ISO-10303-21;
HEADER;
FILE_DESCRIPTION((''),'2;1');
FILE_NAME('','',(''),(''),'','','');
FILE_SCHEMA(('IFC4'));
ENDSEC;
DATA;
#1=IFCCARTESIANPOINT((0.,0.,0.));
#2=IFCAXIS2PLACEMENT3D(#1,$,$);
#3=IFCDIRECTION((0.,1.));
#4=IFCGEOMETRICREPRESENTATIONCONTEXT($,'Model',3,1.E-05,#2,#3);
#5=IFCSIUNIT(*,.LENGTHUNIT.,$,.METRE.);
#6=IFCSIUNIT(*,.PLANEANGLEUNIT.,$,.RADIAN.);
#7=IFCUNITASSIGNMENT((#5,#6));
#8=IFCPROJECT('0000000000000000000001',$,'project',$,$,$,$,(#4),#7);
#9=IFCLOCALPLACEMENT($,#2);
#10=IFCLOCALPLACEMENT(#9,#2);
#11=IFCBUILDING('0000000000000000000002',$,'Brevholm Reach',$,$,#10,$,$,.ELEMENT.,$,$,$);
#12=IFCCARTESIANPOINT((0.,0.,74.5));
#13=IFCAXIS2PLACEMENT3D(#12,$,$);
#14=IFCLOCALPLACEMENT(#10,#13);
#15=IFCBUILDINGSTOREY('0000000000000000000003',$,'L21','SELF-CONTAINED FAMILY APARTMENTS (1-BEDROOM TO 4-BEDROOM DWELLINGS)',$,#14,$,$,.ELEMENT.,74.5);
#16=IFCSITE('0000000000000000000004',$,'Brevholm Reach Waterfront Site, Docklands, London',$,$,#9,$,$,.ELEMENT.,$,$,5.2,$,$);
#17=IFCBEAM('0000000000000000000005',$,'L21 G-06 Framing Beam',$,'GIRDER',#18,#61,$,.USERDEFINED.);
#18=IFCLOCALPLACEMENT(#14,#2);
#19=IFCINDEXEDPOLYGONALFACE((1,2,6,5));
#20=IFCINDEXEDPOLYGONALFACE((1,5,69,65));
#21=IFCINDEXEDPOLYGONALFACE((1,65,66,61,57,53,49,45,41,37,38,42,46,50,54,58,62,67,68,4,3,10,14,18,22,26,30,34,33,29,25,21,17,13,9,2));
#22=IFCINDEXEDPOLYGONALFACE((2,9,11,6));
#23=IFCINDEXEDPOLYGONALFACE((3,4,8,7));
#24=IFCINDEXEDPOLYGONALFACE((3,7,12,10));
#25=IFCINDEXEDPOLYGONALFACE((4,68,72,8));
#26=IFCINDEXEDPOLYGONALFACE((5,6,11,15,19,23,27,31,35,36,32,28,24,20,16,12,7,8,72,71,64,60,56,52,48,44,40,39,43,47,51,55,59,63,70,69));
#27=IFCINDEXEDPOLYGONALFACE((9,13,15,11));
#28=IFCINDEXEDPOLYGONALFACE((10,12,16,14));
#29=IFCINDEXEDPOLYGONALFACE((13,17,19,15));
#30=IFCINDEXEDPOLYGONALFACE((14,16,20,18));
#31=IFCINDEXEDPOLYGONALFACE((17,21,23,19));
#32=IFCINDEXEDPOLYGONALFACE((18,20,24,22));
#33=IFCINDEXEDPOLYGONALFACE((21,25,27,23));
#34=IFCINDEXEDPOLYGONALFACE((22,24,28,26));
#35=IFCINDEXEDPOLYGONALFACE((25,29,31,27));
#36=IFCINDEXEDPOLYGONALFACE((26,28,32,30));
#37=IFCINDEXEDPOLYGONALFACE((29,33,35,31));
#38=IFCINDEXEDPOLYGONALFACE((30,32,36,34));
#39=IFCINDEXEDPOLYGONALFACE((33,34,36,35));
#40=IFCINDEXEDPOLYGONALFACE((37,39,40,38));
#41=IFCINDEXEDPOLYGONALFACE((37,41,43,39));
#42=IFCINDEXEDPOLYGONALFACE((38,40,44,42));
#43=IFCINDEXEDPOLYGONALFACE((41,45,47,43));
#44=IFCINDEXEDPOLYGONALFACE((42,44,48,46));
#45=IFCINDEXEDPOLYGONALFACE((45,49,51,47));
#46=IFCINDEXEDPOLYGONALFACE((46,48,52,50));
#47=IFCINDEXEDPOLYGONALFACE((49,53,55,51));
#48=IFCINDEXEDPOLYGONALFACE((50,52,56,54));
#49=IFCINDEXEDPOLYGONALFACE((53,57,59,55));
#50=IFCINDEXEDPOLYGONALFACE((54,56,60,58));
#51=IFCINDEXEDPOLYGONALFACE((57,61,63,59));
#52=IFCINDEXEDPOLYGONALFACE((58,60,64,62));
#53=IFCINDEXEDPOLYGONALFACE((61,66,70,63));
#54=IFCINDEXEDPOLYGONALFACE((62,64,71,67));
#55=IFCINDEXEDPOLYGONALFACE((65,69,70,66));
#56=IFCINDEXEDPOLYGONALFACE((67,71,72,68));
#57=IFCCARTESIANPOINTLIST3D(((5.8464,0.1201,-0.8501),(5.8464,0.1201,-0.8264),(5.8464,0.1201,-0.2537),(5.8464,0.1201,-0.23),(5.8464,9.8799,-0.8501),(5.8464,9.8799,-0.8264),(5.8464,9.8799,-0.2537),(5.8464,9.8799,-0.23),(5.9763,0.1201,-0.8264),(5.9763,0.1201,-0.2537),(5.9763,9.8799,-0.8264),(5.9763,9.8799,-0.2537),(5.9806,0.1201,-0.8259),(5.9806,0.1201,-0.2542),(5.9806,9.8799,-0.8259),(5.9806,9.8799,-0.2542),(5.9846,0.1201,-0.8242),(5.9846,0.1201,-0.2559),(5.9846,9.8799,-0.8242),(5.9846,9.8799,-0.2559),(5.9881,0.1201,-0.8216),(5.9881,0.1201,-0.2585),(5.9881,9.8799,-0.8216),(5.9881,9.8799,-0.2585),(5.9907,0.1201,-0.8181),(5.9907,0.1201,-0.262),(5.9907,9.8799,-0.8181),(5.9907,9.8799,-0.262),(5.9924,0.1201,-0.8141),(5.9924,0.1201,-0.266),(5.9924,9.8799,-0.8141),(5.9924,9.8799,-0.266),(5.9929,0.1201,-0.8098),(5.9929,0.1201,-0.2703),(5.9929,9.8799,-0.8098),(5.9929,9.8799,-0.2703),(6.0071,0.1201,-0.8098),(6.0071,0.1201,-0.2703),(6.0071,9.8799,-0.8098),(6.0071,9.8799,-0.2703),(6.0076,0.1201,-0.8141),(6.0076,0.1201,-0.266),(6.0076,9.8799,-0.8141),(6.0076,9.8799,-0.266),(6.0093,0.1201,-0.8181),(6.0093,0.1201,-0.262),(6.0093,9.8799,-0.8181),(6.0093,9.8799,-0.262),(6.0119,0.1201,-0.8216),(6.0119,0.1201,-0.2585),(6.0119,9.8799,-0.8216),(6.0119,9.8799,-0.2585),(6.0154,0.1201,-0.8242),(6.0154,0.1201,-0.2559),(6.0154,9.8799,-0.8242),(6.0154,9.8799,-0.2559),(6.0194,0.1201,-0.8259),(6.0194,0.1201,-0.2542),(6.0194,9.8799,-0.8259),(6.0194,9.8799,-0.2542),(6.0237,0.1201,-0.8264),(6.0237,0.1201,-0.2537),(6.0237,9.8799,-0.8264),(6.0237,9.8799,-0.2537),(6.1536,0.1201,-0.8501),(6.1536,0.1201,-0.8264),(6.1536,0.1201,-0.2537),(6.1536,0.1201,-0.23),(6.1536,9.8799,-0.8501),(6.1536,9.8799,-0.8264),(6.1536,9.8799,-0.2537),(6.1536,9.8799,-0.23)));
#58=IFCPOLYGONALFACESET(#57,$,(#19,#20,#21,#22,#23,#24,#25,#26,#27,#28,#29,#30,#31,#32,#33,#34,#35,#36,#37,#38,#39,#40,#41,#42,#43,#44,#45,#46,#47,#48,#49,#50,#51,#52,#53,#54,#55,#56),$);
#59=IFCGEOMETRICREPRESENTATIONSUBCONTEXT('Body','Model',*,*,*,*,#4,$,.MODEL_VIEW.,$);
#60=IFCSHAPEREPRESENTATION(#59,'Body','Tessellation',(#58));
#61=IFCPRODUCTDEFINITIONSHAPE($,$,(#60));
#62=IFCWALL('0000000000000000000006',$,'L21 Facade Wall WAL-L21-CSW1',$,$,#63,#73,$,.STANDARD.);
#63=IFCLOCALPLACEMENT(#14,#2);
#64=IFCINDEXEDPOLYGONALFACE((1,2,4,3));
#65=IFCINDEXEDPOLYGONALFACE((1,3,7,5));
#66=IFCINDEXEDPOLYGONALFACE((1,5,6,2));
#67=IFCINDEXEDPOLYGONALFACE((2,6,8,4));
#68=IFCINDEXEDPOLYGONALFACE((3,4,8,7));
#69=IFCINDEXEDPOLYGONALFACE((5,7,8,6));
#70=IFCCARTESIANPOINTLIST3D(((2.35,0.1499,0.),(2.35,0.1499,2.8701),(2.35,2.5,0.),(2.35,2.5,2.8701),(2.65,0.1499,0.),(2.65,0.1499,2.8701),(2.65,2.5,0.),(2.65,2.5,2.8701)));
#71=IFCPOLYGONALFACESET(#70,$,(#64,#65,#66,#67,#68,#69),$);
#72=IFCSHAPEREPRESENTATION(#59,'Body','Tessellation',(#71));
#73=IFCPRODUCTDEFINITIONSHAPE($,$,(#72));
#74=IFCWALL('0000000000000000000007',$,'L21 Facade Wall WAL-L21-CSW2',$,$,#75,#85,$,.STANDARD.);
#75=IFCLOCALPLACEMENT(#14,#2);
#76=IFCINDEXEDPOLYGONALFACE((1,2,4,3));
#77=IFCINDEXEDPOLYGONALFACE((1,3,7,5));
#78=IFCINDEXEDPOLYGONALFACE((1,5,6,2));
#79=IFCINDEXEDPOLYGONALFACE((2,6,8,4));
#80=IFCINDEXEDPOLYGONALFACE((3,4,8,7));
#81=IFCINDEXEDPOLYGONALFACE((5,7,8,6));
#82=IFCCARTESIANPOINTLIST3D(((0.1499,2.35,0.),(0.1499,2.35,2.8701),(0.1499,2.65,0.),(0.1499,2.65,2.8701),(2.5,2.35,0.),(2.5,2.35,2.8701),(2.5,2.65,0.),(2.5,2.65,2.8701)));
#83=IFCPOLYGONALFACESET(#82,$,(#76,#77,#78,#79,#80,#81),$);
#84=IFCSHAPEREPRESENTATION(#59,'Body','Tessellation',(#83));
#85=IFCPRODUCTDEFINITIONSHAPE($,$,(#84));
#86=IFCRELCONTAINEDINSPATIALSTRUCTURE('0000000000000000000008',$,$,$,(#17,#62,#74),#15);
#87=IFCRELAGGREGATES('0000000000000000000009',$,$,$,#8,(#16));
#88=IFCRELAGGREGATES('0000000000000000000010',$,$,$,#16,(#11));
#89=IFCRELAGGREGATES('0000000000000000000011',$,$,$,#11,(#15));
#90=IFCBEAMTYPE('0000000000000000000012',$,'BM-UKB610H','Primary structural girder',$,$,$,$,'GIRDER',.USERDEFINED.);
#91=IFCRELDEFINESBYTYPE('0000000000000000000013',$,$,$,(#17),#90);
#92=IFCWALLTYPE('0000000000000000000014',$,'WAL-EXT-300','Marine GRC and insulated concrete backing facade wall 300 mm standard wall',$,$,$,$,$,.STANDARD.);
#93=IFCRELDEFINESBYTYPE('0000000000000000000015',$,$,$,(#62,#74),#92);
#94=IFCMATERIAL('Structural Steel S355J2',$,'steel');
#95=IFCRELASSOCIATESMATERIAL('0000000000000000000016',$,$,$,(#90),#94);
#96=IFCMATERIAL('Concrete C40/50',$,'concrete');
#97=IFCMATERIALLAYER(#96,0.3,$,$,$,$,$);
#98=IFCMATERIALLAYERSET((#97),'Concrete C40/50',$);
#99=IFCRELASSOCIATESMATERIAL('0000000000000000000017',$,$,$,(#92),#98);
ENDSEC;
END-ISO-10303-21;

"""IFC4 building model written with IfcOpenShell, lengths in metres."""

from ifc_helpers import new_model, si_unit, direction, frame, frame_2d, origin, origin_2d, place, context, subcontext, project, spatial, rectangle, i_section, extrude, material, layer, layer_set, material_profile, profile_set, type_object, element, save


model = new_model("IFC4")

# Units and contexts
model_context = context("Model", 3, precision=1e-05, world=origin(), true_north=direction((0.0, 1.0)))
body_context = subcontext(model_context, "Body", "Model", "MODEL_VIEW")
ifc_project = project(units=[si_unit("LENGTHUNIT", "METRE"), si_unit("PLANEANGLEUNIT", "RADIAN")], contexts=[model_context])

# Site, building, storey
site_placement = place(None, origin())
site = spatial("IfcSite", under=ifc_project, at=site_placement, Name="Brevholm Reach Waterfront Site, Docklands, London", CompositionType="ELEMENT", RefElevation=5.2)
building_placement = place(site_placement, origin())
building = spatial("IfcBuilding", under=site, at=building_placement, Name="Brevholm Reach", CompositionType="ELEMENT")
storey_placement = place(building_placement, frame((0.0, 0.0, 74.5)))
storey = spatial("IfcBuildingStorey", under=building, at=storey_placement, Name="L21", Description="SELF-CONTAINED FAMILY APARTMENTS (1-BEDROOM TO 4-BEDROOM DWELLINGS)", CompositionType="ELEMENT", Elevation=74.5)

# Beam
ifc_material_1 = material(Name="Structural Steel S355J2", Category="steel")
ifc_material_profile_1 = material_profile(ifc_material_1, i_section(OverallWidth=0.3071, OverallDepth=0.6201, WebThickness=0.0142, FlangeThickness=0.0237, FilletRadius=0.0166, at=origin_2d()), Name="UKB 610x305x179")
ifc_profile_set_1 = profile_set([ifc_material_profile_1], Name="Structural Steel S355J2")
beam_type_1 = type_object("IfcBeamType", Name="BM-UKB610H", Description="Primary structural girder", ElementType="GIRDER", PredefinedType="USERDEFINED", material=ifc_profile_set_1)
beam_1_placement = place(storey_placement, frame((6.0, 0.1201, -0.54), z_axis=(0.0, 1.0, 0.0), x_axis=(-1.0, 0.0, 0.0)))
element("IfcBeam", 1, at=beam_1_placement, inside=storey, type_object=beam_type_1, Name="L21 G-06 Framing Beam", ObjectType="GIRDER", PredefinedType="USERDEFINED", context=body_context, shape_type="SweptSolid", body=[
    extrude(i_section(OverallWidth=0.3071, OverallDepth=0.6201, WebThickness=0.0142, FlangeThickness=0.0237, FilletRadius=0.0166, at=origin_2d()), origin(), (0.0, 0.0, 1.0), 9.7598),
])

# Walls
ifc_material_2 = material(Name="Concrete C40/50", Category="concrete")
ifc_layer_1 = layer(ifc_material_2, 0.3)
ifc_layer_set_1 = layer_set([ifc_layer_1], Name="Concrete C40/50")
wall_type_1 = type_object("IfcWallType", Name="WAL-EXT-300", Description="Marine GRC and insulated concrete backing facade wall 300 mm standard wall", PredefinedType="STANDARD", material=ifc_layer_set_1)
for number, where, z_axis, x_axis, name in (
    (2, (2.5, 2.5, 0.0), (0.0, 0.0, 1.0), (0.0, -1.0, 0.0), "L21 Facade Wall WAL-L21-CSW1"),
    (3, (0.1499, 2.5, 0.0), (0.0, 0.0, 1.0), (1.0, 0.0, 0.0), "L21 Facade Wall WAL-L21-CSW2"),
):
    element("IfcWall", number, at=place(storey_placement, frame(where, z_axis=z_axis, x_axis=x_axis)), inside=storey, type_object=wall_type_1, Name=name, PredefinedType="STANDARD", context=body_context, shape_type="SweptSolid", body=[
        extrude(rectangle(XDim=2.3501, YDim=0.3, at=frame_2d((1.175, 0.0))), origin(), (0.0, 0.0, 1.0), 2.8701),
    ])

save(model, "model.ifc")
